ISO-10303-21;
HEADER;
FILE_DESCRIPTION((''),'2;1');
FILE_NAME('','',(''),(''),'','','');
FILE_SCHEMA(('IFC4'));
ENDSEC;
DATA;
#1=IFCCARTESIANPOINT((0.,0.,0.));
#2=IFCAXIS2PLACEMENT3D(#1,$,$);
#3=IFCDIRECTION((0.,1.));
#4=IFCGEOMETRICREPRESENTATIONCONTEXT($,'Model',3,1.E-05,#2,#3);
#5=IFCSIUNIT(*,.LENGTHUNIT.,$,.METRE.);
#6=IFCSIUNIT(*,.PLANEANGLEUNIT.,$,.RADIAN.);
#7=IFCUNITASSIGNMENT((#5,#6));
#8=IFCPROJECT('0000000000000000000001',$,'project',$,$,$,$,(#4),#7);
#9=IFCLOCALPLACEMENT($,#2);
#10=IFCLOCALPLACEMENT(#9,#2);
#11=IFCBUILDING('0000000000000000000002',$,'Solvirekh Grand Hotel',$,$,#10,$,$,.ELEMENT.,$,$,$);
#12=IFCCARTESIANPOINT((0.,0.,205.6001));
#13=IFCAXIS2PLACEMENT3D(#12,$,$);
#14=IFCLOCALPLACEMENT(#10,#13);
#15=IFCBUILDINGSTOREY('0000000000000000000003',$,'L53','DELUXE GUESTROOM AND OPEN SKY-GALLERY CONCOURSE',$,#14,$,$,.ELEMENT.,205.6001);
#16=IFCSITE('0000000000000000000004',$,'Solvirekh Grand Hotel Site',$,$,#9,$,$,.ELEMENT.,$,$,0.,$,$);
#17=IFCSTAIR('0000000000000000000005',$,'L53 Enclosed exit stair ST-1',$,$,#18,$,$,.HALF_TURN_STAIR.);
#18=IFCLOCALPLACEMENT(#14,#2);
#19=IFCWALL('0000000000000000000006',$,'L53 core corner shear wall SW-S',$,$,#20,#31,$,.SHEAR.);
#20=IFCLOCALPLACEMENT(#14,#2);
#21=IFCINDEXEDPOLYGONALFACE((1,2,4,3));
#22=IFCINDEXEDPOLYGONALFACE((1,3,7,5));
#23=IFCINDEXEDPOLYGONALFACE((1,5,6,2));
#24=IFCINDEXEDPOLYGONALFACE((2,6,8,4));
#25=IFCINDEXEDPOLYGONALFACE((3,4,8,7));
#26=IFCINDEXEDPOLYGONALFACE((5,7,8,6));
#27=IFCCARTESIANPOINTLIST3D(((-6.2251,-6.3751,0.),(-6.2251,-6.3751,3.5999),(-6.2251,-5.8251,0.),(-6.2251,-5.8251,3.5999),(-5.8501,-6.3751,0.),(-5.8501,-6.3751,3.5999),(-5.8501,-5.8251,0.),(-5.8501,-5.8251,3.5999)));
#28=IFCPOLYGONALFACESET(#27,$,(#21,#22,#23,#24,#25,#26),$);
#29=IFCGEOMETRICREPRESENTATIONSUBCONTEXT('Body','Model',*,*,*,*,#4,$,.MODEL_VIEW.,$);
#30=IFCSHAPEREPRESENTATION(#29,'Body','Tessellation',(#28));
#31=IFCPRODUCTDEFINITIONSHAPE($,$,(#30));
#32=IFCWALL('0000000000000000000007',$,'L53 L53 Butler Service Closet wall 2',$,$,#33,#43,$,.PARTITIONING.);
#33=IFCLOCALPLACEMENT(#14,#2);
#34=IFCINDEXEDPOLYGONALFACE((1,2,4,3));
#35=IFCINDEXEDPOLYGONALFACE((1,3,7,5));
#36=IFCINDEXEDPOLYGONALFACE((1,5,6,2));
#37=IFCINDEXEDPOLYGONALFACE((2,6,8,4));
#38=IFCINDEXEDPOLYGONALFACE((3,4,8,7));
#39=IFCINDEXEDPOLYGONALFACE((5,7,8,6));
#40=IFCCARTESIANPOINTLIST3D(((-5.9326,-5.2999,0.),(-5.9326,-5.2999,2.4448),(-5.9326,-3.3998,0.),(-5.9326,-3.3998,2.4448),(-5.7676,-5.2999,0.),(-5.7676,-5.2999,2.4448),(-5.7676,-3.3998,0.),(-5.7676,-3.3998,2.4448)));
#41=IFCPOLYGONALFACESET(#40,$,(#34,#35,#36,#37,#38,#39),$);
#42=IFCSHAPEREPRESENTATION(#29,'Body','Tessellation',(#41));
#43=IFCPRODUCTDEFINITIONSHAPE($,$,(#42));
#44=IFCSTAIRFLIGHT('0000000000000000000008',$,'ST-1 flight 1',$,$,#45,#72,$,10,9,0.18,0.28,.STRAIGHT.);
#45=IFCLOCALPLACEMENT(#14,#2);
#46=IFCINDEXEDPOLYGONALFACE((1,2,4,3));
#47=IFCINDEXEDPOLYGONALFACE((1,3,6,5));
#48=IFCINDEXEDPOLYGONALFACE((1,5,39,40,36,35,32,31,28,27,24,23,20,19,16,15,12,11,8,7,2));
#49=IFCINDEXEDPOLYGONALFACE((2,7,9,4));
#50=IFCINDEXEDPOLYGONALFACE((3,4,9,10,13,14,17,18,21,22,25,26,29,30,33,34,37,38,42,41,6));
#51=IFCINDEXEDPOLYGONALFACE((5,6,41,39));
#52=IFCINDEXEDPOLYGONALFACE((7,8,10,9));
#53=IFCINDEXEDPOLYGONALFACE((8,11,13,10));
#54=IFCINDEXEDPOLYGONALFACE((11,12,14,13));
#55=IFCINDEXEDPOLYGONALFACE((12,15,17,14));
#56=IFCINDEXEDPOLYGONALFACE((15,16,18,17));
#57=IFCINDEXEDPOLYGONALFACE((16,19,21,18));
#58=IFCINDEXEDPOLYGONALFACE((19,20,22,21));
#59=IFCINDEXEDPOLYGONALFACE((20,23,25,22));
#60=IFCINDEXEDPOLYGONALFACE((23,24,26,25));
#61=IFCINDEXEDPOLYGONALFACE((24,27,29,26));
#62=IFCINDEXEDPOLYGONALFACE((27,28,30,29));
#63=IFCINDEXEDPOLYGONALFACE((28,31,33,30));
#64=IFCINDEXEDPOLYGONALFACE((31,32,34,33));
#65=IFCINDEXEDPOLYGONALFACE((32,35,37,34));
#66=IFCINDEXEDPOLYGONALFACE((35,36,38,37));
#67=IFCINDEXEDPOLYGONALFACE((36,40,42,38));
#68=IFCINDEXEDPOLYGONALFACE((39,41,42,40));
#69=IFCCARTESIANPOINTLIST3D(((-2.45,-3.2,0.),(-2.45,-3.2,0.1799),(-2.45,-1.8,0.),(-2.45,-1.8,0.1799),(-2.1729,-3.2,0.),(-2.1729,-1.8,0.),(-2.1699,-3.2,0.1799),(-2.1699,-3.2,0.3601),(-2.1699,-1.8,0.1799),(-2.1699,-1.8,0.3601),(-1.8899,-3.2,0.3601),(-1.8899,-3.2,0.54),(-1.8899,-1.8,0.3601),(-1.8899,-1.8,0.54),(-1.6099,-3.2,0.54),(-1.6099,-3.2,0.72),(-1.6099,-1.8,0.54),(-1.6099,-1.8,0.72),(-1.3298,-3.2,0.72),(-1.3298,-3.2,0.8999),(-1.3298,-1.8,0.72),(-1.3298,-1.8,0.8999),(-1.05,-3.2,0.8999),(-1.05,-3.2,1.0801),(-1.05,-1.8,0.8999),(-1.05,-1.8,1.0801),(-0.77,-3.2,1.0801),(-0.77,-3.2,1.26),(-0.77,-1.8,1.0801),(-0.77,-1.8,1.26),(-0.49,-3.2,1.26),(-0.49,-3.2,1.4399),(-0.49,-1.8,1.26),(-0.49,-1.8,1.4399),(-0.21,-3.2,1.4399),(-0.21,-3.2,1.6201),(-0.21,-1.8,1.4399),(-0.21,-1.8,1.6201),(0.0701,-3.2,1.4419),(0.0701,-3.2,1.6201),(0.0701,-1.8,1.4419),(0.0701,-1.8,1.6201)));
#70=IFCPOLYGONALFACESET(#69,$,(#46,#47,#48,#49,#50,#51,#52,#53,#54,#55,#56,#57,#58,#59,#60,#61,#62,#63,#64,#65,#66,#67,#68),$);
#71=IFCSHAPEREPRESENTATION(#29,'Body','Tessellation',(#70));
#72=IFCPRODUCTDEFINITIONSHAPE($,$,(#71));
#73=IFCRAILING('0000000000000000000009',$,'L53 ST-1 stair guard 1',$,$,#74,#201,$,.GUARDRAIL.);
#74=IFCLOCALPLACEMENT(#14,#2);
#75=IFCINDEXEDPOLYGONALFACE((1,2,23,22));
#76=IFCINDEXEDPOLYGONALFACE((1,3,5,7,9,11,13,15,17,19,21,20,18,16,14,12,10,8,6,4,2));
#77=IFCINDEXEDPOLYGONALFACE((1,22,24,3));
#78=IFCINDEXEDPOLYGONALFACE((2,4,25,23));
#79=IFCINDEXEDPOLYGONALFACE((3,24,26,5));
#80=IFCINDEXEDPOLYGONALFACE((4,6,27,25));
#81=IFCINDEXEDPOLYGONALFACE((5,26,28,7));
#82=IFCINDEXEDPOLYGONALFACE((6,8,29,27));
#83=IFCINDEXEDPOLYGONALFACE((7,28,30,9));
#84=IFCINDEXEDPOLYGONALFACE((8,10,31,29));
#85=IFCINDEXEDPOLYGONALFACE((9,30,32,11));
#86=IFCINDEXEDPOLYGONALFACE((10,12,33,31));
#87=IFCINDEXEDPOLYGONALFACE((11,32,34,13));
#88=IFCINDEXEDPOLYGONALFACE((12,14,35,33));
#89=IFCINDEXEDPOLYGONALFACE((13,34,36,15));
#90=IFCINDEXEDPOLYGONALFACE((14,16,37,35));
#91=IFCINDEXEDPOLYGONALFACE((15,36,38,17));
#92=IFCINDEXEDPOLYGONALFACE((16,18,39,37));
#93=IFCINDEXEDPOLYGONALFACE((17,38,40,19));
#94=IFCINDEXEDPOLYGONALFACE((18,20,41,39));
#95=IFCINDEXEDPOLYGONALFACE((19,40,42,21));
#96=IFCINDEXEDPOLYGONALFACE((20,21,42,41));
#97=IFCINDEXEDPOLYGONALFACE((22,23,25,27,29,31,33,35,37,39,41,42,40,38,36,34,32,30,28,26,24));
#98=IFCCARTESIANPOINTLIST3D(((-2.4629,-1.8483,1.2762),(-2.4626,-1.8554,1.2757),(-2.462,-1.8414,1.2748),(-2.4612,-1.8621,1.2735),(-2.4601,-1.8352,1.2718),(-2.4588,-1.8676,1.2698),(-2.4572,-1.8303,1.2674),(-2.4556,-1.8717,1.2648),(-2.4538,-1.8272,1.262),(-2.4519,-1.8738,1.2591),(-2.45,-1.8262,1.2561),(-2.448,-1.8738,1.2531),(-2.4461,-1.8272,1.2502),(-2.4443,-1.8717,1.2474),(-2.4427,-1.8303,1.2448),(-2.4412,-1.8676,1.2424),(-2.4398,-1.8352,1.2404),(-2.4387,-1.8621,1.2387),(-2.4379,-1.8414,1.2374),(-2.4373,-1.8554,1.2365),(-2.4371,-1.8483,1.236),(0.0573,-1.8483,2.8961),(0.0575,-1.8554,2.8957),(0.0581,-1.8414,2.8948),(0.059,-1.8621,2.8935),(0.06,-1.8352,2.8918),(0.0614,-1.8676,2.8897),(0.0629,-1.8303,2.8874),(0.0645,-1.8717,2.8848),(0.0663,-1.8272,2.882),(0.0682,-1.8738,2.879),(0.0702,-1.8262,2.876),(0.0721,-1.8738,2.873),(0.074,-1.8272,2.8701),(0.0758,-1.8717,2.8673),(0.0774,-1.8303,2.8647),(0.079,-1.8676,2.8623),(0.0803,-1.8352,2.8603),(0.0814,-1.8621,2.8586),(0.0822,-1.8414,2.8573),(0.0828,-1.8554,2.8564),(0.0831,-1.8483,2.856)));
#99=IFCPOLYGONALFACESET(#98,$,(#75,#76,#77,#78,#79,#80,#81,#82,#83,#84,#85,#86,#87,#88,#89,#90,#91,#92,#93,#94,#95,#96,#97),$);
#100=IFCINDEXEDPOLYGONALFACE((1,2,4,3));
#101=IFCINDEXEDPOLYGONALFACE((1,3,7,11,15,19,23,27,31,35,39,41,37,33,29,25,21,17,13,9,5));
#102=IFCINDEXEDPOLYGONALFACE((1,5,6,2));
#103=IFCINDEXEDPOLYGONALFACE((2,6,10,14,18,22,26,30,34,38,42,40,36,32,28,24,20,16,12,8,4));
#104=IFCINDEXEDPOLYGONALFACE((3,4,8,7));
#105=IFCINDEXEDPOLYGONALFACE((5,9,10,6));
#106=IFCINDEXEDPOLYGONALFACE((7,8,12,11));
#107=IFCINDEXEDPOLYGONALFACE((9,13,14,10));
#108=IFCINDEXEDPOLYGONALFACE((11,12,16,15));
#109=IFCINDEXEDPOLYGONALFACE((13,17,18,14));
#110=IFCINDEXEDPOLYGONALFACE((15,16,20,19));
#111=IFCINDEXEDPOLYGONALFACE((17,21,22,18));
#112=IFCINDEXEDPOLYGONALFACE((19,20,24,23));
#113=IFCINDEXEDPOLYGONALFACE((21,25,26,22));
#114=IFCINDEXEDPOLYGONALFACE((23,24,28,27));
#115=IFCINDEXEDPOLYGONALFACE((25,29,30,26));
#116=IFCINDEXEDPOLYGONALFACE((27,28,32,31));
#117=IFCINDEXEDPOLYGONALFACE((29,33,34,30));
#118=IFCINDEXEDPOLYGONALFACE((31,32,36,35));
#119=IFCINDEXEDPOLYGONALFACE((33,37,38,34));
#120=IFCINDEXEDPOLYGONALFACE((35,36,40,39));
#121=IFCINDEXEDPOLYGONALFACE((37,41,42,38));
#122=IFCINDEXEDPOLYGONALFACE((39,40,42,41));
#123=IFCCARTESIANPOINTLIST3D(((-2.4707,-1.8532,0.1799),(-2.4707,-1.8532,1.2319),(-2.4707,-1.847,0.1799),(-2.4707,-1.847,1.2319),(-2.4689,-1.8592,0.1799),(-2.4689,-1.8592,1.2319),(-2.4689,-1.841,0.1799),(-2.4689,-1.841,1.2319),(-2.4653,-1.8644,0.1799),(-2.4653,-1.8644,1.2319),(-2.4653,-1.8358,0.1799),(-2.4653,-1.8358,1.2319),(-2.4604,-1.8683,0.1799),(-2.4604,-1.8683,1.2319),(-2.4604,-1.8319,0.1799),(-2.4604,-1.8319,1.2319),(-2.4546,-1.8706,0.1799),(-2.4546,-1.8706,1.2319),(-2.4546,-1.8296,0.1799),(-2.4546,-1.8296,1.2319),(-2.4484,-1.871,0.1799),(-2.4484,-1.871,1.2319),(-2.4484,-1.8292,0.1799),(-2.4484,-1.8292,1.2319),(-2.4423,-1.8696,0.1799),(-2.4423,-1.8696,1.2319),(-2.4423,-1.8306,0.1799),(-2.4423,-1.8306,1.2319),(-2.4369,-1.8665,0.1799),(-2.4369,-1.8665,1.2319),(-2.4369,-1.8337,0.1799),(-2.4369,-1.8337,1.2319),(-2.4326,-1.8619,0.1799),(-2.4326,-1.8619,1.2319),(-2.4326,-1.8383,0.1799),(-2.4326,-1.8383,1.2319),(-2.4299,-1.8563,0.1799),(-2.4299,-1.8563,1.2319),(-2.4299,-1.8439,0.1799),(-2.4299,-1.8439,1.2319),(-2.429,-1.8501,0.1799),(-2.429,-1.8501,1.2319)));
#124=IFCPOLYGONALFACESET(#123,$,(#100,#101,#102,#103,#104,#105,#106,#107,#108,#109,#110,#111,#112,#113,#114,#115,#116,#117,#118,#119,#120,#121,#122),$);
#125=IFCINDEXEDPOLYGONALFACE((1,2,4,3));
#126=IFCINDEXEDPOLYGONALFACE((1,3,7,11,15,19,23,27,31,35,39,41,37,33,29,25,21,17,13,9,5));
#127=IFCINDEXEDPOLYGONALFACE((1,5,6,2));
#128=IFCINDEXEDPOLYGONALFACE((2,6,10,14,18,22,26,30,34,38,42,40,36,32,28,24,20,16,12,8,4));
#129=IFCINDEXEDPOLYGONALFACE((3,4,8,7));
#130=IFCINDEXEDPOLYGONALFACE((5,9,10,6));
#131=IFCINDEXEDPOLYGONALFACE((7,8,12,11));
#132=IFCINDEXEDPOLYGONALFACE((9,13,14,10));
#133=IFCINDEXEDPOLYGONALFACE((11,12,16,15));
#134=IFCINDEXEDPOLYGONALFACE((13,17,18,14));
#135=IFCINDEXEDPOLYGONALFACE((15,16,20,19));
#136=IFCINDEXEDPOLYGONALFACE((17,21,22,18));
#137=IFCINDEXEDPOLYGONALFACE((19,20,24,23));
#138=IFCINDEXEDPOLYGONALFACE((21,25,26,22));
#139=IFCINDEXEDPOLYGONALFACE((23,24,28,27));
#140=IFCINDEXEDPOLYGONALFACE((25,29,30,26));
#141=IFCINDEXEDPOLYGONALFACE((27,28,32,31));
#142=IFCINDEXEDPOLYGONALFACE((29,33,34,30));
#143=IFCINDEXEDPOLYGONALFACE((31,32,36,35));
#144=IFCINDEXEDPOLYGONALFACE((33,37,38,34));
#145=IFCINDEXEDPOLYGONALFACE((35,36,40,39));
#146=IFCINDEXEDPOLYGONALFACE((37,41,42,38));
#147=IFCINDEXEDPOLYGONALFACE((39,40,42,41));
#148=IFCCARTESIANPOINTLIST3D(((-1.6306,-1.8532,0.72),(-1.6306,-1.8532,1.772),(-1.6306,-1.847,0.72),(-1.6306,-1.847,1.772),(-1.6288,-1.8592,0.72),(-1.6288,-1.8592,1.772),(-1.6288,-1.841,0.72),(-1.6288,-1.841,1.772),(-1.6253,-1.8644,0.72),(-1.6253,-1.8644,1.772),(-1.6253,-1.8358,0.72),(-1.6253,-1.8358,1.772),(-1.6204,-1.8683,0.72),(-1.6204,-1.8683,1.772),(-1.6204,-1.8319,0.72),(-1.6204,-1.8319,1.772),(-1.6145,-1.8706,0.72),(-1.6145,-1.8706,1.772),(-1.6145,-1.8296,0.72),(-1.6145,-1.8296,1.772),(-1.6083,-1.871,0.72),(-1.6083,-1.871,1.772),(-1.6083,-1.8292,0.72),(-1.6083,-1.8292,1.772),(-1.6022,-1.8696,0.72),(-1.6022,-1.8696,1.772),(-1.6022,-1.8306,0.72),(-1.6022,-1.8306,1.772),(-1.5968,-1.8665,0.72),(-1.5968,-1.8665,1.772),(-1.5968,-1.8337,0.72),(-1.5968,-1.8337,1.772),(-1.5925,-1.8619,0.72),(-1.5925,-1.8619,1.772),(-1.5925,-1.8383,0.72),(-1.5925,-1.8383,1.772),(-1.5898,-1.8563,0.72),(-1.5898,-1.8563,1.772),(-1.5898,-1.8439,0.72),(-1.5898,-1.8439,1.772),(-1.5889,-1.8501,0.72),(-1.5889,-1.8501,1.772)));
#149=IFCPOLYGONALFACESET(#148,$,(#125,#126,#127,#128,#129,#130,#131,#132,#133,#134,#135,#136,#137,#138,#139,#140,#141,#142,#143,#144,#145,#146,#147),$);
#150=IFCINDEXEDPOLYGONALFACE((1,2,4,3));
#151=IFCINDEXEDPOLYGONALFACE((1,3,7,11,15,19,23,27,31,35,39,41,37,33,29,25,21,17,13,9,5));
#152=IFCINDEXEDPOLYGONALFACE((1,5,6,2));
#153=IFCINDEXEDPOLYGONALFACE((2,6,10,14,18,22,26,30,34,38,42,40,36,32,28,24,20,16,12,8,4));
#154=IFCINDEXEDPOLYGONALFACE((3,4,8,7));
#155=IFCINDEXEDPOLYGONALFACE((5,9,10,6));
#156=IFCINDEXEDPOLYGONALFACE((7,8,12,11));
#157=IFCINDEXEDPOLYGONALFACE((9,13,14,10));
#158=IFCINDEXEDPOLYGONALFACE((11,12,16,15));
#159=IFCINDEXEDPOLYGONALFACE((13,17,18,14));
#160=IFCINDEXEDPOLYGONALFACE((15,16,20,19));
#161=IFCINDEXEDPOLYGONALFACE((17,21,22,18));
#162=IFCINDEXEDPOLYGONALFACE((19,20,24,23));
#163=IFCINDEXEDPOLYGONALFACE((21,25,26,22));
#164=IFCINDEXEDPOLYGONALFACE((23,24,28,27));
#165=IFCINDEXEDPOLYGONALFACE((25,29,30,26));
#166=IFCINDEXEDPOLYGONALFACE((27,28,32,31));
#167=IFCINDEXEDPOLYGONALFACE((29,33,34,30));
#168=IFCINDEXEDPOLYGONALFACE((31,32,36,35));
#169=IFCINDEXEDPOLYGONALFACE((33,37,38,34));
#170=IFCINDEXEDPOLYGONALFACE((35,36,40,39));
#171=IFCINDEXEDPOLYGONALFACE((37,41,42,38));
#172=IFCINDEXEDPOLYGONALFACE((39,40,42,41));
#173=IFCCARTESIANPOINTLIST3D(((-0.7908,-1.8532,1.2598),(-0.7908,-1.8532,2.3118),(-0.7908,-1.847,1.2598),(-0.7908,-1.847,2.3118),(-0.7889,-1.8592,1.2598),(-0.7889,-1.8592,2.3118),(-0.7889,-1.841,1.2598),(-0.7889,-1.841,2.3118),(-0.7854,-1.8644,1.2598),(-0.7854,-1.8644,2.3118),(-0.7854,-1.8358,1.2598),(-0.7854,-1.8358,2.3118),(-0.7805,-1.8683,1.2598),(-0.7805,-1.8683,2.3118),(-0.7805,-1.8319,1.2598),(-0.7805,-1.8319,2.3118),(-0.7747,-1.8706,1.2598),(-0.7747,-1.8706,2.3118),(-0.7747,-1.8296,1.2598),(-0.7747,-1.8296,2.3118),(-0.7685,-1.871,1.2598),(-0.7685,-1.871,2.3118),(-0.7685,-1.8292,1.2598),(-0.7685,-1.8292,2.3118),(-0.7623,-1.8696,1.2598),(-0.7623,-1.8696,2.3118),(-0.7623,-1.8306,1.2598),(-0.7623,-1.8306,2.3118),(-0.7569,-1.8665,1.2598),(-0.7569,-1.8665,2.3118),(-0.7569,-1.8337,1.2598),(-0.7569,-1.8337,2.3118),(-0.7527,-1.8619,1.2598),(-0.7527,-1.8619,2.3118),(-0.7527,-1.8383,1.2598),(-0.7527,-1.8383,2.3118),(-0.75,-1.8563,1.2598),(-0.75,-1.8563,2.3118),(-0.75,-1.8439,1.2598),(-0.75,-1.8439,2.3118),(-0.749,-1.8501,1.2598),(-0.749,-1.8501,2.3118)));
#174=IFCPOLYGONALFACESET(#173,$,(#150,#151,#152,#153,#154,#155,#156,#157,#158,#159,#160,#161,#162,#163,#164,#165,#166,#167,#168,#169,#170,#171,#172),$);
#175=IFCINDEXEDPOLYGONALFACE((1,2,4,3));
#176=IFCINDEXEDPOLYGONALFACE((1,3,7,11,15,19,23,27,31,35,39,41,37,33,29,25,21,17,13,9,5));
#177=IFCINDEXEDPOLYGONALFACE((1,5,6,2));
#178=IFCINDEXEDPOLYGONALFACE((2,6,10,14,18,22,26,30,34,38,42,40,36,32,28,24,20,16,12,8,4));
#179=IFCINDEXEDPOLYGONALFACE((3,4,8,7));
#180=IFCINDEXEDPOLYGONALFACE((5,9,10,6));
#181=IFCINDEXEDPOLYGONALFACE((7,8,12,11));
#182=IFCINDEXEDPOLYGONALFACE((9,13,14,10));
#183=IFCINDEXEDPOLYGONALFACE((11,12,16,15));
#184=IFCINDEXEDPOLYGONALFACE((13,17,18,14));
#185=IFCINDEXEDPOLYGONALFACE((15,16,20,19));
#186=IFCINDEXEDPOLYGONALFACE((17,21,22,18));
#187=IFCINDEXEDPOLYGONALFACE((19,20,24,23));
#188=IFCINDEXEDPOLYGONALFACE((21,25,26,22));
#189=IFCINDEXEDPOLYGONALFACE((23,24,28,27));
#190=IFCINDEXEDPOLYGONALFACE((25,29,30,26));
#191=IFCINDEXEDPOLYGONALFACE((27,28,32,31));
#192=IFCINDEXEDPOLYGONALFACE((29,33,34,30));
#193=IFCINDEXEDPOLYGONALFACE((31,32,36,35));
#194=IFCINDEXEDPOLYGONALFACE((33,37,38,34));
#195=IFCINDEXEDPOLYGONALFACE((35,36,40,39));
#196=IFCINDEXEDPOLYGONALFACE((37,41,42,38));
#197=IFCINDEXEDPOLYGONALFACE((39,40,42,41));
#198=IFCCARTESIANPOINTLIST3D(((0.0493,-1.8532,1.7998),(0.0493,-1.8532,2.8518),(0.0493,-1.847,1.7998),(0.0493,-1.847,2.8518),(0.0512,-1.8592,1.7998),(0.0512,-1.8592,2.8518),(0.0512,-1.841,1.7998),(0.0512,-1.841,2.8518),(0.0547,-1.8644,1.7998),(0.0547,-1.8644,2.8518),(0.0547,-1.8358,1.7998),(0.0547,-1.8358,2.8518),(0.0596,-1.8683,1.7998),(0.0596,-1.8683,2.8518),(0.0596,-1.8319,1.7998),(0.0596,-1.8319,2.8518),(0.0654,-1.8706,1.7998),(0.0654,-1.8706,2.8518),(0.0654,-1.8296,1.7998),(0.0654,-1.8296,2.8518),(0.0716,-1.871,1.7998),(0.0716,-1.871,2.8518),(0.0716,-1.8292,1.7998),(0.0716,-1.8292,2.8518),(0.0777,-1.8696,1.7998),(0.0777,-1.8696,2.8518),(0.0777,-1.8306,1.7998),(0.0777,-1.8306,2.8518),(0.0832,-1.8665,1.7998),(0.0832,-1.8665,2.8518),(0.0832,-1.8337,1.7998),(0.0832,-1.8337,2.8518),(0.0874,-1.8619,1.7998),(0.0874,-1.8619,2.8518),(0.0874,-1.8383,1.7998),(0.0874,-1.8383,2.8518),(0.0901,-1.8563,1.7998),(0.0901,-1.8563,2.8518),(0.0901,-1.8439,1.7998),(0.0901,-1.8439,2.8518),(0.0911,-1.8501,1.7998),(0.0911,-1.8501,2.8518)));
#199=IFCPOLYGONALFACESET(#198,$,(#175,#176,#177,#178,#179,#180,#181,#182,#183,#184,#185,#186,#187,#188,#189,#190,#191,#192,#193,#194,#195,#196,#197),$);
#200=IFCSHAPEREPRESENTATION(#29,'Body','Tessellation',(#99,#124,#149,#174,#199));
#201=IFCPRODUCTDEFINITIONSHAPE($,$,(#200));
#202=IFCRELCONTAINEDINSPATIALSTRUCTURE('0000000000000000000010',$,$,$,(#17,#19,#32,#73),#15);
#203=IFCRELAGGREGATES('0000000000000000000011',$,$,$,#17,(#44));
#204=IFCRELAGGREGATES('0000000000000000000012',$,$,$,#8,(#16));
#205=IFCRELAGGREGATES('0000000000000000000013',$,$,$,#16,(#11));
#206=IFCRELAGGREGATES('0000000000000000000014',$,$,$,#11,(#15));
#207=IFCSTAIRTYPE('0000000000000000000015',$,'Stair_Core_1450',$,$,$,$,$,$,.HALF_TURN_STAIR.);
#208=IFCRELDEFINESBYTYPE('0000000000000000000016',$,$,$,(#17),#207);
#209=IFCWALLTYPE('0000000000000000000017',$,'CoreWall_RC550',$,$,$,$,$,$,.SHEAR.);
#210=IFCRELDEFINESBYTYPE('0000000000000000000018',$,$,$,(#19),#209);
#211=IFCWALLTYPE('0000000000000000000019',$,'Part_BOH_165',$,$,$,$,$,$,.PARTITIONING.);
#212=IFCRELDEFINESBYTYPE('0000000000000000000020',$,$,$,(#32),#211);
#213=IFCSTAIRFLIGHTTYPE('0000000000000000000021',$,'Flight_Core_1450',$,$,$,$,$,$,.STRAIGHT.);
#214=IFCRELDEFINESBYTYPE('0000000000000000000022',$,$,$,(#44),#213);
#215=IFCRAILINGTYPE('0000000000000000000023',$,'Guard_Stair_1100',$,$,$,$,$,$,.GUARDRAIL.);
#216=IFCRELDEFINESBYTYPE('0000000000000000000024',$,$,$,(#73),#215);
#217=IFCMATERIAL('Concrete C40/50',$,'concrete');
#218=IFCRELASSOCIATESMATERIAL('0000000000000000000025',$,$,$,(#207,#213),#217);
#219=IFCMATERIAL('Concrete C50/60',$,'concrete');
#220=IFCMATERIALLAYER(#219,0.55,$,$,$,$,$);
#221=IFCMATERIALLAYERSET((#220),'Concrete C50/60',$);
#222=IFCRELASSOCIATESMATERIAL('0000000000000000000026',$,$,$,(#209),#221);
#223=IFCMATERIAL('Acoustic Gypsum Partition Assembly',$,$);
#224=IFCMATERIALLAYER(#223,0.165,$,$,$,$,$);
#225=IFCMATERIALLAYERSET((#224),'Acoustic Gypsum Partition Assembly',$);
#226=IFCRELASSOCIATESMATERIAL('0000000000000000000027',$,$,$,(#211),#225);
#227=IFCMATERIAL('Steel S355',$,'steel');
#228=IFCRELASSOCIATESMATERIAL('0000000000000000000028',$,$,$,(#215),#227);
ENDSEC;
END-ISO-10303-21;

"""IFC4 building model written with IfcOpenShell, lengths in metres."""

from ifc_helpers import new_model, si_unit, direction, frame, frame_2d, origin, origin_2d, place, context, subcontext, project, spatial, polyline, rectangle, circle, outline, extrude, material, layer, layer_set, type_object, element, aggregate, save


model = new_model("IFC4")

# Units and contexts
model_context = context("Model", 3, precision=1e-05, world=origin(), true_north=direction((0.0, 1.0)))
body_context = subcontext(model_context, "Body", "Model", "MODEL_VIEW")
ifc_project = project(units=[si_unit("LENGTHUNIT", "METRE"), si_unit("PLANEANGLEUNIT", "RADIAN")], contexts=[model_context])

# Site, building, storey
site_placement = place(None, origin())
site = spatial("IfcSite", under=ifc_project, at=site_placement, Name="Solvirekh Grand Hotel Site", CompositionType="ELEMENT", RefElevation=0.0)
building_placement = place(site_placement, origin())
building = spatial("IfcBuilding", under=site, at=building_placement, Name="Solvirekh Grand Hotel", CompositionType="ELEMENT")
storey_placement = place(building_placement, frame((0.0, 0.0, 205.6001)))
storey = spatial("IfcBuildingStorey", under=building, at=storey_placement, Name="L53", Description="DELUXE GUESTROOM AND OPEN SKY-GALLERY CONCOURSE", CompositionType="ELEMENT", Elevation=205.6001)

# Shared definitions
ifc_material_1 = material(Name="Steel S355", Category="steel")

# Shared definitions
ifc_material_2 = material(Name="Concrete C50/60", Category="concrete")

# Stair
ifc_material_3 = material(Name="Concrete C40/50", Category="concrete")
stair_type = type_object("IfcStairType", Name="Stair_Core_1450", PredefinedType="HALF_TURN_STAIR", material=ifc_material_3)
stair_1_placement = place(storey_placement, origin())
stair_1 = element("IfcStair", 1, at=stair_1_placement, inside=storey, type_object=stair_type, Name="L53 Enclosed exit stair ST-1", PredefinedType="HALF_TURN_STAIR")

# Walls
ifc_layer_1 = layer(ifc_material_2, 0.55)
ifc_layer_set_1 = layer_set([ifc_layer_1], Name="Concrete C50/60")
wall_type_1 = type_object("IfcWallType", Name="CoreWall_RC550", PredefinedType="SHEAR", material=ifc_layer_set_1)
wall_1_placement = place(storey_placement, frame((-6.2251, -6.1001, 0.0), z_axis=(0.0, 0.0, 1.0), x_axis=(1.0, 0.0, 0.0)))
element("IfcWall", 2, at=wall_1_placement, inside=storey, type_object=wall_type_1, Name="L53 core corner shear wall SW-S", PredefinedType="SHEAR", context=body_context, shape_type="SweptSolid", body=[
    extrude(rectangle(XDim=0.375, YDim=0.55, at=frame_2d((0.1875, 0.0))), origin(), (0.0, 0.0, 1.0), 3.5999),
])
ifc_material_4 = material(Name="Acoustic Gypsum Partition Assembly")
ifc_layer_2 = layer(ifc_material_4, 0.165)
ifc_layer_set_2 = layer_set([ifc_layer_2], Name="Acoustic Gypsum Partition Assembly")
wall_type_2 = type_object("IfcWallType", Name="Part_BOH_165", PredefinedType="PARTITIONING", material=ifc_layer_set_2)
wall_2_placement = place(storey_placement, frame((-5.8501, -5.3, 0.0), z_axis=(0.0, 0.0, 1.0), x_axis=(0.0, 1.0, 0.0)))
element("IfcWall", 3, at=wall_2_placement, inside=storey, type_object=wall_type_2, Name="L53 L53 Butler Service Closet wall 2", PredefinedType="PARTITIONING", context=body_context, shape_type="SweptSolid", body=[
    extrude(rectangle(XDim=1.9001, YDim=0.165, at=frame_2d((0.9502, 0.0))), origin(), (0.0, 0.0, 1.0), 2.4448),
])

# Stair flight
stair_flight_type = type_object("IfcStairFlightType", Name="Flight_Core_1450", PredefinedType="STRAIGHT", material=ifc_material_3)
stair_flight_placement = place(storey_placement, frame((-2.45, -2.5, 0.0), z_axis=(0.0, 0.0, 1.0), x_axis=(1.0, 0.0, 0.0)))
stair_flight = element("IfcStairFlight", 4, at=stair_flight_placement, type_object=stair_flight_type, Name="ST-1 flight 1", NumberOfRisers=10, NumberOfTreads=9, PredefinedType="STRAIGHT", RiserHeight=0.18, TreadLength=0.28, context=body_context, shape_type="SweptSolid", body=[
    extrude(outline(polyline([(0.0, 0.0), (0.0, 0.1799), (0.28, 0.1799), (0.28, 0.3601), (0.5601, 0.3601), (0.5601, 0.54), (0.8401, 0.54), (0.8401, 0.72), (1.1201, 0.72), (1.1201, 0.8999), (1.3999, 0.8999), (1.3999, 1.0801), (1.6799, 1.0801), (1.6799, 1.26), (1.96, 1.26), (1.96, 1.4399), (2.24, 1.4399), (2.24, 1.6201), (2.52, 1.6201), (2.52, 1.8), (2.52, 1.4419), (0.2771, 0.0), (0.0, 0.0)])), frame((0.0, 0.7, 0.0), z_axis=(0.0, -1.0, 0.0), x_axis=(1.0, 0.0, 0.0)), (0.0, 0.0, 1.0), 1.3999),
])
aggregate(stair_1, [stair_flight])

# Railing
railing_type_1 = type_object("IfcRailingType", Name="Guard_Stair_1100", PredefinedType="GUARDRAIL", material=ifc_material_1)
railing_1_placement = place(storey_placement, frame((-2.45, -1.8501, 0.1799)))
element("IfcRailing", 5, at=railing_1_placement, inside=storey, type_object=railing_type_1, Name="L53 ST-1 stair guard 1", PredefinedType="GUARDRAIL", context=body_context, shape_type="SweptSolid", body=[
    extrude(circle(Radius=0.0239, at=origin_2d()), frame((0.0, 0.0, 1.0762), z_axis=(0.8412, 0.0, 0.540725), x_axis=(0.0, 1.0, 0.0)), (0.0, 0.0, 1.0), 2.9958),
    extrude(circle(Radius=0.021, at=origin_2d()), origin(), (0.0, 0.0, 1.0), 1.052),
    extrude(circle(Radius=0.021, at=origin_2d()), frame((0.8401, 0.0, 0.54)), (0.0, 0.0, 1.0), 1.052),
    extrude(circle(Radius=0.021, at=origin_2d()), frame((1.6799, 0.0, 1.0798)), (0.0, 0.0, 1.0), 1.052),
    extrude(circle(Radius=0.021, at=origin_2d()), frame((2.52, 0.0, 1.6199)), (0.0, 0.0, 1.0), 1.052),
])

save(model, "model.ifc")
